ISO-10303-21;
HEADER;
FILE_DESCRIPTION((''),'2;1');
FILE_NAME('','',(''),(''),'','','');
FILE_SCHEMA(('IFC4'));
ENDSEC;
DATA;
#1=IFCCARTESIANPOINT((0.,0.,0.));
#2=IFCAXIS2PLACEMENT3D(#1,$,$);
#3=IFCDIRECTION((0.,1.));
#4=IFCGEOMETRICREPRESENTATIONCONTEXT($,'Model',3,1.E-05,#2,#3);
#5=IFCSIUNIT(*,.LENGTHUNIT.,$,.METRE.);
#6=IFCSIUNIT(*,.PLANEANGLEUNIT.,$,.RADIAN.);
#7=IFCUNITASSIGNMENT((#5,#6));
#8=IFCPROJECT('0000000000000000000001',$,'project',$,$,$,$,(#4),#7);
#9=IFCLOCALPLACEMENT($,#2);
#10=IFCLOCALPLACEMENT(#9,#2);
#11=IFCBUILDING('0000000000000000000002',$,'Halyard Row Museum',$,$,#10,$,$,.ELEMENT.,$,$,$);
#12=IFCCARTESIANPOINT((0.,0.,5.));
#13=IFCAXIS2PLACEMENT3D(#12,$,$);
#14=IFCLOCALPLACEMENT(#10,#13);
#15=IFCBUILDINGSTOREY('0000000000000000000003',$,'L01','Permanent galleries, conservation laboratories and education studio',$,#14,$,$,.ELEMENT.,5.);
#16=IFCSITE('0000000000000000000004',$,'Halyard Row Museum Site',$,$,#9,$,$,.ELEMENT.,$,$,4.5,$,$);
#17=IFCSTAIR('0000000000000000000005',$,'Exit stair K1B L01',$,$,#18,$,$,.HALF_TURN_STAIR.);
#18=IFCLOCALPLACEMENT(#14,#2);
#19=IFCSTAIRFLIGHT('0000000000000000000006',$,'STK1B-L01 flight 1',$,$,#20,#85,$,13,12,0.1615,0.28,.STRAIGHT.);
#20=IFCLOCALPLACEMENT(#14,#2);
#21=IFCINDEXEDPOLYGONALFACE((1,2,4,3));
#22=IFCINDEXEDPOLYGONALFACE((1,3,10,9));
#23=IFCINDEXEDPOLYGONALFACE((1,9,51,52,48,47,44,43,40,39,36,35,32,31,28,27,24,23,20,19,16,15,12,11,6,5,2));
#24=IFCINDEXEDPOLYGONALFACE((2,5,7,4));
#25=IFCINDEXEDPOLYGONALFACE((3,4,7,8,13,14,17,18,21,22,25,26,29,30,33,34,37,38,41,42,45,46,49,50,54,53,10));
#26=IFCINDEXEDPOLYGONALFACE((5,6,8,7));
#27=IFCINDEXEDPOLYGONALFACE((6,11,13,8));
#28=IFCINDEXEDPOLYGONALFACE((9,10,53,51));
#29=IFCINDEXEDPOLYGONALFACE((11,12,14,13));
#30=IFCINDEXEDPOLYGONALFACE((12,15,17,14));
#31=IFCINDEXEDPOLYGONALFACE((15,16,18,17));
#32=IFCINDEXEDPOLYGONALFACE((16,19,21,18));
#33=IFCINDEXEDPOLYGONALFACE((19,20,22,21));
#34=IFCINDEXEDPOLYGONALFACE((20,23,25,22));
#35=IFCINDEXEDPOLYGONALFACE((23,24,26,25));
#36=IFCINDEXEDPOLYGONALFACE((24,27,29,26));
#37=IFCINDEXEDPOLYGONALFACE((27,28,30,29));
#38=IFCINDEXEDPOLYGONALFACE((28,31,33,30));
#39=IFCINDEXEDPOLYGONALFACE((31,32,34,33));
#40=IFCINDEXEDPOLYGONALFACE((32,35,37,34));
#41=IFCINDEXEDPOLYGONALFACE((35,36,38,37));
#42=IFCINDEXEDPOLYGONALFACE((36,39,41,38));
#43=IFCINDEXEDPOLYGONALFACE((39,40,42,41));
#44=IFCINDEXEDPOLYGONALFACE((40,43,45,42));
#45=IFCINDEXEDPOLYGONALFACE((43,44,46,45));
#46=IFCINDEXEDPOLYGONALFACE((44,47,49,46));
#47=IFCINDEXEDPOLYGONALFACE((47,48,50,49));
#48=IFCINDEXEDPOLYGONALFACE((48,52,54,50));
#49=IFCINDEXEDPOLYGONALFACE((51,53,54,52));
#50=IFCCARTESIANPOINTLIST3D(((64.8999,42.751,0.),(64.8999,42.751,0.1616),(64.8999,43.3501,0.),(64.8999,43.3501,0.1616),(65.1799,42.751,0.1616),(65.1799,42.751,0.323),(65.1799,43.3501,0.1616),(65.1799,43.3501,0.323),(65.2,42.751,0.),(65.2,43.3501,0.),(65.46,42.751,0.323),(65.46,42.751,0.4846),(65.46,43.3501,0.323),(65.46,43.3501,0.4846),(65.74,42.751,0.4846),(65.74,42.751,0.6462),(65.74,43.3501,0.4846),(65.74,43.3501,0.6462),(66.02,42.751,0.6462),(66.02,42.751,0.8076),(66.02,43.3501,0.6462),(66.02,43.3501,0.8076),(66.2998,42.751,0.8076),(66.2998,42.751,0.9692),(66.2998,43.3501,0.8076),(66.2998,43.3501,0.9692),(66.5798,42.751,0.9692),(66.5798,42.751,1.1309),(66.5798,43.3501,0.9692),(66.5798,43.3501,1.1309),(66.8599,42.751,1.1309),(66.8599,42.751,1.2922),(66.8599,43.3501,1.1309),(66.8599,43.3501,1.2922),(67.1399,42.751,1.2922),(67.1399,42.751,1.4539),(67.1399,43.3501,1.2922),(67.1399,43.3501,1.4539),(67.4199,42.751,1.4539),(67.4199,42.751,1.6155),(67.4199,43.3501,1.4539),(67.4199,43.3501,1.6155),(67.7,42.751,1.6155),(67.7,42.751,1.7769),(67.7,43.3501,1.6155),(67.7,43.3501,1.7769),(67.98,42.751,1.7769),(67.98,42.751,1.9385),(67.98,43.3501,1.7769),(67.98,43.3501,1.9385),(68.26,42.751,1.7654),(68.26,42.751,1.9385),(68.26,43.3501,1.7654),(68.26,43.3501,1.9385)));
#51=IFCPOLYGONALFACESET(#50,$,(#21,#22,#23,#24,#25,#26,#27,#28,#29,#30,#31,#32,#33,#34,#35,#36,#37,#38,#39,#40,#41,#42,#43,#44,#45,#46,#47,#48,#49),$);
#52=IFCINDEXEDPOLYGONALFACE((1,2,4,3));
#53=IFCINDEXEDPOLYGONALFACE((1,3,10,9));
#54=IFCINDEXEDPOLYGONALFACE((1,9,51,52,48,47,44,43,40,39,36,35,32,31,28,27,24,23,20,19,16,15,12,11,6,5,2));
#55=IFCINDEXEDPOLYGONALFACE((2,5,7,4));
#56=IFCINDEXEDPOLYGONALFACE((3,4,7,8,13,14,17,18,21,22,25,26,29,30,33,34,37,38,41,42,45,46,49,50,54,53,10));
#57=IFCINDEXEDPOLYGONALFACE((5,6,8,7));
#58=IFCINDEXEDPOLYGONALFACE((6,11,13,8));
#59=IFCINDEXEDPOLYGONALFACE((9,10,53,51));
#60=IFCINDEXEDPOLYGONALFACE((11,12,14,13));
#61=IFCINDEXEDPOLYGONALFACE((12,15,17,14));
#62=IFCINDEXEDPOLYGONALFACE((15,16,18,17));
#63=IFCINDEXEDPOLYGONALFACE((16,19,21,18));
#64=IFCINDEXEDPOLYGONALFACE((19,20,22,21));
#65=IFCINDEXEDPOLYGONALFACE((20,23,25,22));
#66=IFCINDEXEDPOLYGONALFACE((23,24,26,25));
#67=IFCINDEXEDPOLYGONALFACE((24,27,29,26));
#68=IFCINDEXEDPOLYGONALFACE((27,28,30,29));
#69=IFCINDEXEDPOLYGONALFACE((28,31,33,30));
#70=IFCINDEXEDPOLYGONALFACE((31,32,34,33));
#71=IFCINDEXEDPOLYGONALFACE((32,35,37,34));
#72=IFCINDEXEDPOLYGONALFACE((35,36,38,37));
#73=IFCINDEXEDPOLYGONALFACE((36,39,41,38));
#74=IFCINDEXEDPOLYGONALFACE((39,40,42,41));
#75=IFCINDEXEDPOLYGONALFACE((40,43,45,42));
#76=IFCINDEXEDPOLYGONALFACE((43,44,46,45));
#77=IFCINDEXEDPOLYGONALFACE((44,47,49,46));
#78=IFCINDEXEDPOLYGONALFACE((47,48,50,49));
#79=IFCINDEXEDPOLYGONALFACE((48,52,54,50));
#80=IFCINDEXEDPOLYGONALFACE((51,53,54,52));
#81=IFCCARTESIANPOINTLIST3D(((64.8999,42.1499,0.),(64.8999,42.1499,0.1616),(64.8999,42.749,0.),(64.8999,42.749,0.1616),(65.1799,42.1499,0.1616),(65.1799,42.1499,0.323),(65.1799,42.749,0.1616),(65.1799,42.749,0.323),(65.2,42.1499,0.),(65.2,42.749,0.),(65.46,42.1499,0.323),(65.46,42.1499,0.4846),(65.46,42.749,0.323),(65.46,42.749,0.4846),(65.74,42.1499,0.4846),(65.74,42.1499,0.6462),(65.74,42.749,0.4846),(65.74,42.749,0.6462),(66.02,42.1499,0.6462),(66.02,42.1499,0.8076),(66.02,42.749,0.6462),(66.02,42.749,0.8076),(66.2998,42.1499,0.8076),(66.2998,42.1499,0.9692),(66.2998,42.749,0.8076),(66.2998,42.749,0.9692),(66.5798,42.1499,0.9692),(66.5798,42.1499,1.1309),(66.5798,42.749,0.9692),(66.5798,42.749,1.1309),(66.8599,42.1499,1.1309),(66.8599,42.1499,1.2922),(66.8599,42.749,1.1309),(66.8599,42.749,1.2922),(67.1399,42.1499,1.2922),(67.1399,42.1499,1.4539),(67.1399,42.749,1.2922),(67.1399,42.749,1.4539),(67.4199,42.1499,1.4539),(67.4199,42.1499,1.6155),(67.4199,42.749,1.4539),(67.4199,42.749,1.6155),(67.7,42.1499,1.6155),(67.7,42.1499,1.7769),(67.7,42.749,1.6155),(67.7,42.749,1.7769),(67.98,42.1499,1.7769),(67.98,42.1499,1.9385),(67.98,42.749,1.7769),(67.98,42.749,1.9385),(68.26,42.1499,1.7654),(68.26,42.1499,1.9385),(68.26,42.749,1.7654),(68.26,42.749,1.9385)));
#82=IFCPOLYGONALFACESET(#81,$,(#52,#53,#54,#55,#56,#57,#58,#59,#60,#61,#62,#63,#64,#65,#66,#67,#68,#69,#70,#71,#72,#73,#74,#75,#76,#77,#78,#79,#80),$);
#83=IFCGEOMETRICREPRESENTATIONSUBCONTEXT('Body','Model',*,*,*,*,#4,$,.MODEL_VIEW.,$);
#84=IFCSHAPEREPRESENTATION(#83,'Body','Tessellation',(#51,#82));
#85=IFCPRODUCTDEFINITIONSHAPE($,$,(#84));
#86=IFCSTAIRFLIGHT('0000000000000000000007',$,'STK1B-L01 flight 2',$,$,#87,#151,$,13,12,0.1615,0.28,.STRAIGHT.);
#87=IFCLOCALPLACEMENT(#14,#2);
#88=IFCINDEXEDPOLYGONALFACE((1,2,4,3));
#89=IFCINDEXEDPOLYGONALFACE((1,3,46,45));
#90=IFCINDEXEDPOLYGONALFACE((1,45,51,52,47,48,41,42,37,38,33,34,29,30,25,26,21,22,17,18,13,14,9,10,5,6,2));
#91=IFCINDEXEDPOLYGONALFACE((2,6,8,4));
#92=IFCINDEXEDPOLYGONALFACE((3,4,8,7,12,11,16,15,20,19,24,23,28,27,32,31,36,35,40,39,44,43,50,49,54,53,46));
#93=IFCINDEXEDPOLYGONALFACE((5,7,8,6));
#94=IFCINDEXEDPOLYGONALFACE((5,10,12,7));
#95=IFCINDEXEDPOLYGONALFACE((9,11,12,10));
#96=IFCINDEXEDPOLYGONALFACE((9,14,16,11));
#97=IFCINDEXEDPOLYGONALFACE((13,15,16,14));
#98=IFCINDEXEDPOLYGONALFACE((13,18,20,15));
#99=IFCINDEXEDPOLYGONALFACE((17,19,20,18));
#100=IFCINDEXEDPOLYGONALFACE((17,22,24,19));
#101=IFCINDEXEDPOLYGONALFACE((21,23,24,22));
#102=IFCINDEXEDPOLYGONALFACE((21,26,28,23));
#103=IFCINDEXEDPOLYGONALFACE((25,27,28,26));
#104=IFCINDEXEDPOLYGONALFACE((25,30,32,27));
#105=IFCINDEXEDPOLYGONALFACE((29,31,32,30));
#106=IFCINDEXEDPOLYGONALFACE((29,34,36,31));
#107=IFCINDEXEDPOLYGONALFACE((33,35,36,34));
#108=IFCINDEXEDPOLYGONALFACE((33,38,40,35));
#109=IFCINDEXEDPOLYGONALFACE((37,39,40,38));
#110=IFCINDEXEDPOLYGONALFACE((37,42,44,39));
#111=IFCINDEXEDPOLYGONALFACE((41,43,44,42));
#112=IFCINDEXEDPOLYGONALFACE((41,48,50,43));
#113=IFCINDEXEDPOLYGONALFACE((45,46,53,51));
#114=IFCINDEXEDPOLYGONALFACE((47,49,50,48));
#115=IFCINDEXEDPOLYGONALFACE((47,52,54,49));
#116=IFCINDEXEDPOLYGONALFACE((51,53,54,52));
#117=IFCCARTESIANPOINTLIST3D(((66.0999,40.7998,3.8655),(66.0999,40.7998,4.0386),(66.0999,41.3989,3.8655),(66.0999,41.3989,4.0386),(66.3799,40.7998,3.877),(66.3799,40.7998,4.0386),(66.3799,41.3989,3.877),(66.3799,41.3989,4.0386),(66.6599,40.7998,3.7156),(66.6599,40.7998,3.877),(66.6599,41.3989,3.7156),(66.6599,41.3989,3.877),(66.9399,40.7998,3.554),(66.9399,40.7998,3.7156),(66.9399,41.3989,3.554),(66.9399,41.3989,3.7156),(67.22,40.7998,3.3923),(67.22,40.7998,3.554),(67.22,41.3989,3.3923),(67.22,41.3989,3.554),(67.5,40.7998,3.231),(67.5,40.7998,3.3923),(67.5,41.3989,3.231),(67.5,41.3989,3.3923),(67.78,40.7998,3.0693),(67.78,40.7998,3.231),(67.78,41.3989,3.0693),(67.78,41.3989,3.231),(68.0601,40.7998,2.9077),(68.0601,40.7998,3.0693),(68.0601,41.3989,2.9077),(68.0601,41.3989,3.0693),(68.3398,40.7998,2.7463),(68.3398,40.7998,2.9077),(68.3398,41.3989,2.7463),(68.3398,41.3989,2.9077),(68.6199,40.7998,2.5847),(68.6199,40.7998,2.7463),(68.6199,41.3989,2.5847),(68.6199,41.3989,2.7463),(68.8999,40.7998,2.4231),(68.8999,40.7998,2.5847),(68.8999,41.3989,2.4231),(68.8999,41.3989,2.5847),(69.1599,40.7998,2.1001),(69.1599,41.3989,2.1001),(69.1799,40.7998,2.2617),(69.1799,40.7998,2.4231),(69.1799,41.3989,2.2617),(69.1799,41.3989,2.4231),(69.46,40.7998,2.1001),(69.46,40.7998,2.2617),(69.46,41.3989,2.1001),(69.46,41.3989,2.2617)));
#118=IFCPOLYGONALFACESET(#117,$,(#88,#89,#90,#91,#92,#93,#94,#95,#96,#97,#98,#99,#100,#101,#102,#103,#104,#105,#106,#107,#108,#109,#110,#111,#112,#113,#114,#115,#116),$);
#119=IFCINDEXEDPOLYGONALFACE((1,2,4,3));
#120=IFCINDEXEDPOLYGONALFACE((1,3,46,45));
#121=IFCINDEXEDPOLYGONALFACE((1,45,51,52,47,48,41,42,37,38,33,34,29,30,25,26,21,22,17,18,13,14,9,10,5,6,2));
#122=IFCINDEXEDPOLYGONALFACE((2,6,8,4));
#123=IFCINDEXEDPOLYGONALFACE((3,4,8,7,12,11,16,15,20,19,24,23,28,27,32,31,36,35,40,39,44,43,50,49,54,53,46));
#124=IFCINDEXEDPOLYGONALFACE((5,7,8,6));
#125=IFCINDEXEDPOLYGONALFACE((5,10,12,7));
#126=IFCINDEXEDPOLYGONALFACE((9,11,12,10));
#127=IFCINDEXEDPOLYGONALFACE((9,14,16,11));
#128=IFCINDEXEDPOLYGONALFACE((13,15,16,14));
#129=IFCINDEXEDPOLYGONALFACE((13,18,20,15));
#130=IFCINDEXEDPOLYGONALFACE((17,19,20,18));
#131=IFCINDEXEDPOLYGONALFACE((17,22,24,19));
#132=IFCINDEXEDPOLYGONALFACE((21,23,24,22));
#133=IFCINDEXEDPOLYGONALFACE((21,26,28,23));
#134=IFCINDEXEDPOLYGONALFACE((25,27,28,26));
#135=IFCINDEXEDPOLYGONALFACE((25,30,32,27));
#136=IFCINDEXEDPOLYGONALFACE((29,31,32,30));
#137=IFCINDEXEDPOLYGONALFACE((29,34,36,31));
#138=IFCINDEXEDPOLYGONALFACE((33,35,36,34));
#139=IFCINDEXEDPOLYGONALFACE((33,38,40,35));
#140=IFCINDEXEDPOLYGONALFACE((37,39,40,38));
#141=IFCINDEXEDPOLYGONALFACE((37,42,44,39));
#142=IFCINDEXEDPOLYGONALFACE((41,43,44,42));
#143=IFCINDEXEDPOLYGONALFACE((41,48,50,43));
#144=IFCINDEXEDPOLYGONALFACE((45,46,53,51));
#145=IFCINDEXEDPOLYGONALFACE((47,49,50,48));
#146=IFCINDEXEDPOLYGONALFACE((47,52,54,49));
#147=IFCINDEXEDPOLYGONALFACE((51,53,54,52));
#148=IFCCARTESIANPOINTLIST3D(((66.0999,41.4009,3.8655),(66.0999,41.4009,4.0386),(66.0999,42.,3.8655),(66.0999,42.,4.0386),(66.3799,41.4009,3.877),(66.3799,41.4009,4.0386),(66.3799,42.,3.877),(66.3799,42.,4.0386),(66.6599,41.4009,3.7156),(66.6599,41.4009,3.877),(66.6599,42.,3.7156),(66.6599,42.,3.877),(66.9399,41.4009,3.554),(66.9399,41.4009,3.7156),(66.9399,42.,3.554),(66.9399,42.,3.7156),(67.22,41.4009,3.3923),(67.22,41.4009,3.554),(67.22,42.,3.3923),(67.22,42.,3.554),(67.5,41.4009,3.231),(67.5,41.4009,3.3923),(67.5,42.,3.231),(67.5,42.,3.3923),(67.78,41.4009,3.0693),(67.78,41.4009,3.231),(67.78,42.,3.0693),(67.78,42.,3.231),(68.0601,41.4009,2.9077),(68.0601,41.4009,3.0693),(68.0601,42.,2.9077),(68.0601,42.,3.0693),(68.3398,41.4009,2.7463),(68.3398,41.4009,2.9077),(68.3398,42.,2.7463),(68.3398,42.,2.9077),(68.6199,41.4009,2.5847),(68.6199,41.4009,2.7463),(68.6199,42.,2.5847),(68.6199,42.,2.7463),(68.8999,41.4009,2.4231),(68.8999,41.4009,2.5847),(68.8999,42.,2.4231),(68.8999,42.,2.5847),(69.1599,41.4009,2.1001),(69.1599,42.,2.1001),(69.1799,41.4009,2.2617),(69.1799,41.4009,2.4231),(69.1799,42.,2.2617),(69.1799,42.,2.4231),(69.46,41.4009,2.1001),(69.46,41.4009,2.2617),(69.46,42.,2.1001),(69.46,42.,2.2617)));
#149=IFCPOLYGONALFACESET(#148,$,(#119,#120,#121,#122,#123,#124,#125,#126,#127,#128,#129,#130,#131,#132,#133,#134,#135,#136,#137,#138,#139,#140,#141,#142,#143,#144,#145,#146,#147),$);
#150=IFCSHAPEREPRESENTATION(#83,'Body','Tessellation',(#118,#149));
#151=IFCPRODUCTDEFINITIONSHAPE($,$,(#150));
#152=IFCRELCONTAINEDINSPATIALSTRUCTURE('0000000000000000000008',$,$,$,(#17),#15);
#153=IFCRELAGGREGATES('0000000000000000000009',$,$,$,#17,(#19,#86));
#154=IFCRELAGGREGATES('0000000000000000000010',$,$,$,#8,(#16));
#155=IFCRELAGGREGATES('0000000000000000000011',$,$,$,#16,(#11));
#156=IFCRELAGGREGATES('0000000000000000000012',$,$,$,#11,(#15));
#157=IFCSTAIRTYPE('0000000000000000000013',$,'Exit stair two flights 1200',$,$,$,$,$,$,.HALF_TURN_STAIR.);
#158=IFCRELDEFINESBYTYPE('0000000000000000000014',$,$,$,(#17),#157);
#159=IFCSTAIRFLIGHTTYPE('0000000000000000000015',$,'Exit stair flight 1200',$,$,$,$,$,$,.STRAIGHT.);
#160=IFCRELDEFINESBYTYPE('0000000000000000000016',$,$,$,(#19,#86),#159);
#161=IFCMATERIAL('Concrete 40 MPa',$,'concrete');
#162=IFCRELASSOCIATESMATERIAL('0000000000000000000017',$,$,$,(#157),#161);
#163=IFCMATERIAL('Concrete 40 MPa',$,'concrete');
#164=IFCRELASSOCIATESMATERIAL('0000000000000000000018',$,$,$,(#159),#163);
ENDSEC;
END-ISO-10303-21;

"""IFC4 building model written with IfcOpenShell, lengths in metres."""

from ifc_helpers import new_model, si_unit, direction, frame, origin, place, context, subcontext, project, spatial, polyline, outline, extrude, material, type_object, element, aggregate, save


model = new_model("IFC4")

# Units and contexts
model_context = context("Model", 3, precision=1e-05, world=origin(), true_north=direction((0.0, 1.0)))
body_context = subcontext(model_context, "Body", "Model", "MODEL_VIEW")
ifc_project = project(units=[si_unit("LENGTHUNIT", "METRE"), si_unit("PLANEANGLEUNIT", "RADIAN")], contexts=[model_context])

# Site, building, storey
site_placement = place(None, origin())
site = spatial("IfcSite", under=ifc_project, at=site_placement, Name="Halyard Row Museum Site", CompositionType="ELEMENT", RefElevation=4.5)
building_placement = place(site_placement, origin())
building = spatial("IfcBuilding", under=site, at=building_placement, Name="Halyard Row Museum", CompositionType="ELEMENT")
storey_placement = place(building_placement, frame((0.0, 0.0, 5.0)))
storey = spatial("IfcBuildingStorey", under=building, at=storey_placement, Name="L01", Description="Permanent galleries, conservation laboratories and education studio", CompositionType="ELEMENT", Elevation=5.0)

# Stair, stair flights
ifc_material_1 = material(Name="Concrete 40 MPa", Category="concrete")
stair_type = type_object("IfcStairType", Name="Exit stair two flights 1200", PredefinedType="HALF_TURN_STAIR", material=ifc_material_1)
stair_placement = place(storey_placement, origin())
stair = element("IfcStair", 1, at=stair_placement, inside=storey, type_object=stair_type, Name="Exit stair K1B L01", PredefinedType="HALF_TURN_STAIR")
ifc_material_2 = material(Name="Concrete 40 MPa", Category="concrete")
stair_flight_type = type_object("IfcStairFlightType", Name="Exit stair flight 1200", PredefinedType="STRAIGHT", material=ifc_material_2)
stair_flight_1_placement = place(storey_placement, frame((64.8999, 42.75, 0.0), z_axis=(0.0, 0.0, 1.0), x_axis=(1.0, 0.0, 0.0)))
stair_flight_1 = element("IfcStairFlight", 2, at=stair_flight_1_placement, type_object=stair_flight_type, Name="STK1B-L01 flight 1", NumberOfRisers=13, NumberOfTreads=12, PredefinedType="STRAIGHT", RiserHeight=0.1615, TreadLength=0.28, context=body_context, shape_type="SweptSolid", body=[
    extrude(outline(polyline([(0.0, 0.0), (0.0, 0.1616), (0.28, 0.1616), (0.28, 0.323), (0.5601, 0.323), (0.5601, 0.4846), (0.8401, 0.4846), (0.8401, 0.6462), (1.1201, 0.6462), (1.1201, 0.8076), (1.3999, 0.8076), (1.3999, 0.9692), (1.6799, 0.9692), (1.6799, 1.1309), (1.96, 1.1309), (1.96, 1.2922), (2.24, 1.2922), (2.24, 1.4539), (2.52, 1.4539), (2.52, 1.6155), (2.8, 1.6155), (2.8, 1.7769), (3.0801, 1.7769), (3.0801, 1.9385), (3.3601, 1.9385), (3.3601, 2.1001), (3.3601, 1.7654), (0.3, 0.0), (0.0, 0.0)])), frame((0.0, 0.6001, 0.0), z_axis=(0.0, -1.0, 0.0), x_axis=(1.0, 0.0, 0.0)), (0.0, 0.0, 1.0), 0.5991),
    extrude(outline(polyline([(0.0, 0.0), (0.0, 0.1616), (0.28, 0.1616), (0.28, 0.323), (0.5601, 0.323), (0.5601, 0.4846), (0.8401, 0.4846), (0.8401, 0.6462), (1.1201, 0.6462), (1.1201, 0.8076), (1.3999, 0.8076), (1.3999, 0.9692), (1.6799, 0.9692), (1.6799, 1.1309), (1.96, 1.1309), (1.96, 1.2922), (2.24, 1.2922), (2.24, 1.4539), (2.52, 1.4539), (2.52, 1.6155), (2.8, 1.6155), (2.8, 1.7769), (3.0801, 1.7769), (3.0801, 1.9385), (3.3601, 1.9385), (3.3601, 2.1001), (3.3601, 1.7654), (0.3, 0.0), (0.0, 0.0)])), frame((0.0, -0.001, 0.0), z_axis=(0.0, -1.0, 0.0), x_axis=(1.0, 0.0, 0.0)), (0.0, 0.0, 1.0), 0.5991),
])
stair_flight_2_placement = place(storey_placement, frame((69.46, 41.3999, 2.1001), z_axis=(0.0, 0.0, 1.0), x_axis=(-1.0, 0.0, 0.0)))
stair_flight_2 = element("IfcStairFlight", 3, at=stair_flight_2_placement, type_object=stair_flight_type, Name="STK1B-L01 flight 2", NumberOfRisers=13, NumberOfTreads=12, PredefinedType="STRAIGHT", RiserHeight=0.1615, TreadLength=0.28, context=body_context, shape_type="SweptSolid", body=[
    extrude(outline(polyline([(0.0, 0.0), (0.0, 0.1616), (0.28, 0.1616), (0.28, 0.323), (0.5601, 0.323), (0.5601, 0.4846), (0.8401, 0.4846), (0.8401, 0.6462), (1.1201, 0.6462), (1.1201, 0.8076), (1.3999, 0.8076), (1.3999, 0.9692), (1.6799, 0.9692), (1.6799, 1.1309), (1.96, 1.1309), (1.96, 1.2922), (2.24, 1.2922), (2.24, 1.4539), (2.52, 1.4539), (2.52, 1.6155), (2.8, 1.6155), (2.8, 1.7769), (3.0801, 1.7769), (3.0801, 1.9385), (3.3601, 1.9385), (3.3601, 2.1001), (3.3601, 1.7654), (0.3, 0.0), (0.0, 0.0)])), frame((0.0, 0.6001, 0.0), z_axis=(0.0, -1.0, 0.0), x_axis=(1.0, 0.0, 0.0)), (0.0, 0.0, 1.0), 0.5991),
    extrude(outline(polyline([(0.0, 0.0), (0.0, 0.1616), (0.28, 0.1616), (0.28, 0.323), (0.5601, 0.323), (0.5601, 0.4846), (0.8401, 0.4846), (0.8401, 0.6462), (1.1201, 0.6462), (1.1201, 0.8076), (1.3999, 0.8076), (1.3999, 0.9692), (1.6799, 0.9692), (1.6799, 1.1309), (1.96, 1.1309), (1.96, 1.2922), (2.24, 1.2922), (2.24, 1.4539), (2.52, 1.4539), (2.52, 1.6155), (2.8, 1.6155), (2.8, 1.7769), (3.0801, 1.7769), (3.0801, 1.9385), (3.3601, 1.9385), (3.3601, 2.1001), (3.3601, 1.7654), (0.3, 0.0), (0.0, 0.0)])), frame((0.0, -0.001, 0.0), z_axis=(0.0, -1.0, 0.0), x_axis=(1.0, 0.0, 0.0)), (0.0, 0.0, 1.0), 0.5991),
])
aggregate(stair, [stair_flight_1, stair_flight_2])

save(model, "model.ifc")
